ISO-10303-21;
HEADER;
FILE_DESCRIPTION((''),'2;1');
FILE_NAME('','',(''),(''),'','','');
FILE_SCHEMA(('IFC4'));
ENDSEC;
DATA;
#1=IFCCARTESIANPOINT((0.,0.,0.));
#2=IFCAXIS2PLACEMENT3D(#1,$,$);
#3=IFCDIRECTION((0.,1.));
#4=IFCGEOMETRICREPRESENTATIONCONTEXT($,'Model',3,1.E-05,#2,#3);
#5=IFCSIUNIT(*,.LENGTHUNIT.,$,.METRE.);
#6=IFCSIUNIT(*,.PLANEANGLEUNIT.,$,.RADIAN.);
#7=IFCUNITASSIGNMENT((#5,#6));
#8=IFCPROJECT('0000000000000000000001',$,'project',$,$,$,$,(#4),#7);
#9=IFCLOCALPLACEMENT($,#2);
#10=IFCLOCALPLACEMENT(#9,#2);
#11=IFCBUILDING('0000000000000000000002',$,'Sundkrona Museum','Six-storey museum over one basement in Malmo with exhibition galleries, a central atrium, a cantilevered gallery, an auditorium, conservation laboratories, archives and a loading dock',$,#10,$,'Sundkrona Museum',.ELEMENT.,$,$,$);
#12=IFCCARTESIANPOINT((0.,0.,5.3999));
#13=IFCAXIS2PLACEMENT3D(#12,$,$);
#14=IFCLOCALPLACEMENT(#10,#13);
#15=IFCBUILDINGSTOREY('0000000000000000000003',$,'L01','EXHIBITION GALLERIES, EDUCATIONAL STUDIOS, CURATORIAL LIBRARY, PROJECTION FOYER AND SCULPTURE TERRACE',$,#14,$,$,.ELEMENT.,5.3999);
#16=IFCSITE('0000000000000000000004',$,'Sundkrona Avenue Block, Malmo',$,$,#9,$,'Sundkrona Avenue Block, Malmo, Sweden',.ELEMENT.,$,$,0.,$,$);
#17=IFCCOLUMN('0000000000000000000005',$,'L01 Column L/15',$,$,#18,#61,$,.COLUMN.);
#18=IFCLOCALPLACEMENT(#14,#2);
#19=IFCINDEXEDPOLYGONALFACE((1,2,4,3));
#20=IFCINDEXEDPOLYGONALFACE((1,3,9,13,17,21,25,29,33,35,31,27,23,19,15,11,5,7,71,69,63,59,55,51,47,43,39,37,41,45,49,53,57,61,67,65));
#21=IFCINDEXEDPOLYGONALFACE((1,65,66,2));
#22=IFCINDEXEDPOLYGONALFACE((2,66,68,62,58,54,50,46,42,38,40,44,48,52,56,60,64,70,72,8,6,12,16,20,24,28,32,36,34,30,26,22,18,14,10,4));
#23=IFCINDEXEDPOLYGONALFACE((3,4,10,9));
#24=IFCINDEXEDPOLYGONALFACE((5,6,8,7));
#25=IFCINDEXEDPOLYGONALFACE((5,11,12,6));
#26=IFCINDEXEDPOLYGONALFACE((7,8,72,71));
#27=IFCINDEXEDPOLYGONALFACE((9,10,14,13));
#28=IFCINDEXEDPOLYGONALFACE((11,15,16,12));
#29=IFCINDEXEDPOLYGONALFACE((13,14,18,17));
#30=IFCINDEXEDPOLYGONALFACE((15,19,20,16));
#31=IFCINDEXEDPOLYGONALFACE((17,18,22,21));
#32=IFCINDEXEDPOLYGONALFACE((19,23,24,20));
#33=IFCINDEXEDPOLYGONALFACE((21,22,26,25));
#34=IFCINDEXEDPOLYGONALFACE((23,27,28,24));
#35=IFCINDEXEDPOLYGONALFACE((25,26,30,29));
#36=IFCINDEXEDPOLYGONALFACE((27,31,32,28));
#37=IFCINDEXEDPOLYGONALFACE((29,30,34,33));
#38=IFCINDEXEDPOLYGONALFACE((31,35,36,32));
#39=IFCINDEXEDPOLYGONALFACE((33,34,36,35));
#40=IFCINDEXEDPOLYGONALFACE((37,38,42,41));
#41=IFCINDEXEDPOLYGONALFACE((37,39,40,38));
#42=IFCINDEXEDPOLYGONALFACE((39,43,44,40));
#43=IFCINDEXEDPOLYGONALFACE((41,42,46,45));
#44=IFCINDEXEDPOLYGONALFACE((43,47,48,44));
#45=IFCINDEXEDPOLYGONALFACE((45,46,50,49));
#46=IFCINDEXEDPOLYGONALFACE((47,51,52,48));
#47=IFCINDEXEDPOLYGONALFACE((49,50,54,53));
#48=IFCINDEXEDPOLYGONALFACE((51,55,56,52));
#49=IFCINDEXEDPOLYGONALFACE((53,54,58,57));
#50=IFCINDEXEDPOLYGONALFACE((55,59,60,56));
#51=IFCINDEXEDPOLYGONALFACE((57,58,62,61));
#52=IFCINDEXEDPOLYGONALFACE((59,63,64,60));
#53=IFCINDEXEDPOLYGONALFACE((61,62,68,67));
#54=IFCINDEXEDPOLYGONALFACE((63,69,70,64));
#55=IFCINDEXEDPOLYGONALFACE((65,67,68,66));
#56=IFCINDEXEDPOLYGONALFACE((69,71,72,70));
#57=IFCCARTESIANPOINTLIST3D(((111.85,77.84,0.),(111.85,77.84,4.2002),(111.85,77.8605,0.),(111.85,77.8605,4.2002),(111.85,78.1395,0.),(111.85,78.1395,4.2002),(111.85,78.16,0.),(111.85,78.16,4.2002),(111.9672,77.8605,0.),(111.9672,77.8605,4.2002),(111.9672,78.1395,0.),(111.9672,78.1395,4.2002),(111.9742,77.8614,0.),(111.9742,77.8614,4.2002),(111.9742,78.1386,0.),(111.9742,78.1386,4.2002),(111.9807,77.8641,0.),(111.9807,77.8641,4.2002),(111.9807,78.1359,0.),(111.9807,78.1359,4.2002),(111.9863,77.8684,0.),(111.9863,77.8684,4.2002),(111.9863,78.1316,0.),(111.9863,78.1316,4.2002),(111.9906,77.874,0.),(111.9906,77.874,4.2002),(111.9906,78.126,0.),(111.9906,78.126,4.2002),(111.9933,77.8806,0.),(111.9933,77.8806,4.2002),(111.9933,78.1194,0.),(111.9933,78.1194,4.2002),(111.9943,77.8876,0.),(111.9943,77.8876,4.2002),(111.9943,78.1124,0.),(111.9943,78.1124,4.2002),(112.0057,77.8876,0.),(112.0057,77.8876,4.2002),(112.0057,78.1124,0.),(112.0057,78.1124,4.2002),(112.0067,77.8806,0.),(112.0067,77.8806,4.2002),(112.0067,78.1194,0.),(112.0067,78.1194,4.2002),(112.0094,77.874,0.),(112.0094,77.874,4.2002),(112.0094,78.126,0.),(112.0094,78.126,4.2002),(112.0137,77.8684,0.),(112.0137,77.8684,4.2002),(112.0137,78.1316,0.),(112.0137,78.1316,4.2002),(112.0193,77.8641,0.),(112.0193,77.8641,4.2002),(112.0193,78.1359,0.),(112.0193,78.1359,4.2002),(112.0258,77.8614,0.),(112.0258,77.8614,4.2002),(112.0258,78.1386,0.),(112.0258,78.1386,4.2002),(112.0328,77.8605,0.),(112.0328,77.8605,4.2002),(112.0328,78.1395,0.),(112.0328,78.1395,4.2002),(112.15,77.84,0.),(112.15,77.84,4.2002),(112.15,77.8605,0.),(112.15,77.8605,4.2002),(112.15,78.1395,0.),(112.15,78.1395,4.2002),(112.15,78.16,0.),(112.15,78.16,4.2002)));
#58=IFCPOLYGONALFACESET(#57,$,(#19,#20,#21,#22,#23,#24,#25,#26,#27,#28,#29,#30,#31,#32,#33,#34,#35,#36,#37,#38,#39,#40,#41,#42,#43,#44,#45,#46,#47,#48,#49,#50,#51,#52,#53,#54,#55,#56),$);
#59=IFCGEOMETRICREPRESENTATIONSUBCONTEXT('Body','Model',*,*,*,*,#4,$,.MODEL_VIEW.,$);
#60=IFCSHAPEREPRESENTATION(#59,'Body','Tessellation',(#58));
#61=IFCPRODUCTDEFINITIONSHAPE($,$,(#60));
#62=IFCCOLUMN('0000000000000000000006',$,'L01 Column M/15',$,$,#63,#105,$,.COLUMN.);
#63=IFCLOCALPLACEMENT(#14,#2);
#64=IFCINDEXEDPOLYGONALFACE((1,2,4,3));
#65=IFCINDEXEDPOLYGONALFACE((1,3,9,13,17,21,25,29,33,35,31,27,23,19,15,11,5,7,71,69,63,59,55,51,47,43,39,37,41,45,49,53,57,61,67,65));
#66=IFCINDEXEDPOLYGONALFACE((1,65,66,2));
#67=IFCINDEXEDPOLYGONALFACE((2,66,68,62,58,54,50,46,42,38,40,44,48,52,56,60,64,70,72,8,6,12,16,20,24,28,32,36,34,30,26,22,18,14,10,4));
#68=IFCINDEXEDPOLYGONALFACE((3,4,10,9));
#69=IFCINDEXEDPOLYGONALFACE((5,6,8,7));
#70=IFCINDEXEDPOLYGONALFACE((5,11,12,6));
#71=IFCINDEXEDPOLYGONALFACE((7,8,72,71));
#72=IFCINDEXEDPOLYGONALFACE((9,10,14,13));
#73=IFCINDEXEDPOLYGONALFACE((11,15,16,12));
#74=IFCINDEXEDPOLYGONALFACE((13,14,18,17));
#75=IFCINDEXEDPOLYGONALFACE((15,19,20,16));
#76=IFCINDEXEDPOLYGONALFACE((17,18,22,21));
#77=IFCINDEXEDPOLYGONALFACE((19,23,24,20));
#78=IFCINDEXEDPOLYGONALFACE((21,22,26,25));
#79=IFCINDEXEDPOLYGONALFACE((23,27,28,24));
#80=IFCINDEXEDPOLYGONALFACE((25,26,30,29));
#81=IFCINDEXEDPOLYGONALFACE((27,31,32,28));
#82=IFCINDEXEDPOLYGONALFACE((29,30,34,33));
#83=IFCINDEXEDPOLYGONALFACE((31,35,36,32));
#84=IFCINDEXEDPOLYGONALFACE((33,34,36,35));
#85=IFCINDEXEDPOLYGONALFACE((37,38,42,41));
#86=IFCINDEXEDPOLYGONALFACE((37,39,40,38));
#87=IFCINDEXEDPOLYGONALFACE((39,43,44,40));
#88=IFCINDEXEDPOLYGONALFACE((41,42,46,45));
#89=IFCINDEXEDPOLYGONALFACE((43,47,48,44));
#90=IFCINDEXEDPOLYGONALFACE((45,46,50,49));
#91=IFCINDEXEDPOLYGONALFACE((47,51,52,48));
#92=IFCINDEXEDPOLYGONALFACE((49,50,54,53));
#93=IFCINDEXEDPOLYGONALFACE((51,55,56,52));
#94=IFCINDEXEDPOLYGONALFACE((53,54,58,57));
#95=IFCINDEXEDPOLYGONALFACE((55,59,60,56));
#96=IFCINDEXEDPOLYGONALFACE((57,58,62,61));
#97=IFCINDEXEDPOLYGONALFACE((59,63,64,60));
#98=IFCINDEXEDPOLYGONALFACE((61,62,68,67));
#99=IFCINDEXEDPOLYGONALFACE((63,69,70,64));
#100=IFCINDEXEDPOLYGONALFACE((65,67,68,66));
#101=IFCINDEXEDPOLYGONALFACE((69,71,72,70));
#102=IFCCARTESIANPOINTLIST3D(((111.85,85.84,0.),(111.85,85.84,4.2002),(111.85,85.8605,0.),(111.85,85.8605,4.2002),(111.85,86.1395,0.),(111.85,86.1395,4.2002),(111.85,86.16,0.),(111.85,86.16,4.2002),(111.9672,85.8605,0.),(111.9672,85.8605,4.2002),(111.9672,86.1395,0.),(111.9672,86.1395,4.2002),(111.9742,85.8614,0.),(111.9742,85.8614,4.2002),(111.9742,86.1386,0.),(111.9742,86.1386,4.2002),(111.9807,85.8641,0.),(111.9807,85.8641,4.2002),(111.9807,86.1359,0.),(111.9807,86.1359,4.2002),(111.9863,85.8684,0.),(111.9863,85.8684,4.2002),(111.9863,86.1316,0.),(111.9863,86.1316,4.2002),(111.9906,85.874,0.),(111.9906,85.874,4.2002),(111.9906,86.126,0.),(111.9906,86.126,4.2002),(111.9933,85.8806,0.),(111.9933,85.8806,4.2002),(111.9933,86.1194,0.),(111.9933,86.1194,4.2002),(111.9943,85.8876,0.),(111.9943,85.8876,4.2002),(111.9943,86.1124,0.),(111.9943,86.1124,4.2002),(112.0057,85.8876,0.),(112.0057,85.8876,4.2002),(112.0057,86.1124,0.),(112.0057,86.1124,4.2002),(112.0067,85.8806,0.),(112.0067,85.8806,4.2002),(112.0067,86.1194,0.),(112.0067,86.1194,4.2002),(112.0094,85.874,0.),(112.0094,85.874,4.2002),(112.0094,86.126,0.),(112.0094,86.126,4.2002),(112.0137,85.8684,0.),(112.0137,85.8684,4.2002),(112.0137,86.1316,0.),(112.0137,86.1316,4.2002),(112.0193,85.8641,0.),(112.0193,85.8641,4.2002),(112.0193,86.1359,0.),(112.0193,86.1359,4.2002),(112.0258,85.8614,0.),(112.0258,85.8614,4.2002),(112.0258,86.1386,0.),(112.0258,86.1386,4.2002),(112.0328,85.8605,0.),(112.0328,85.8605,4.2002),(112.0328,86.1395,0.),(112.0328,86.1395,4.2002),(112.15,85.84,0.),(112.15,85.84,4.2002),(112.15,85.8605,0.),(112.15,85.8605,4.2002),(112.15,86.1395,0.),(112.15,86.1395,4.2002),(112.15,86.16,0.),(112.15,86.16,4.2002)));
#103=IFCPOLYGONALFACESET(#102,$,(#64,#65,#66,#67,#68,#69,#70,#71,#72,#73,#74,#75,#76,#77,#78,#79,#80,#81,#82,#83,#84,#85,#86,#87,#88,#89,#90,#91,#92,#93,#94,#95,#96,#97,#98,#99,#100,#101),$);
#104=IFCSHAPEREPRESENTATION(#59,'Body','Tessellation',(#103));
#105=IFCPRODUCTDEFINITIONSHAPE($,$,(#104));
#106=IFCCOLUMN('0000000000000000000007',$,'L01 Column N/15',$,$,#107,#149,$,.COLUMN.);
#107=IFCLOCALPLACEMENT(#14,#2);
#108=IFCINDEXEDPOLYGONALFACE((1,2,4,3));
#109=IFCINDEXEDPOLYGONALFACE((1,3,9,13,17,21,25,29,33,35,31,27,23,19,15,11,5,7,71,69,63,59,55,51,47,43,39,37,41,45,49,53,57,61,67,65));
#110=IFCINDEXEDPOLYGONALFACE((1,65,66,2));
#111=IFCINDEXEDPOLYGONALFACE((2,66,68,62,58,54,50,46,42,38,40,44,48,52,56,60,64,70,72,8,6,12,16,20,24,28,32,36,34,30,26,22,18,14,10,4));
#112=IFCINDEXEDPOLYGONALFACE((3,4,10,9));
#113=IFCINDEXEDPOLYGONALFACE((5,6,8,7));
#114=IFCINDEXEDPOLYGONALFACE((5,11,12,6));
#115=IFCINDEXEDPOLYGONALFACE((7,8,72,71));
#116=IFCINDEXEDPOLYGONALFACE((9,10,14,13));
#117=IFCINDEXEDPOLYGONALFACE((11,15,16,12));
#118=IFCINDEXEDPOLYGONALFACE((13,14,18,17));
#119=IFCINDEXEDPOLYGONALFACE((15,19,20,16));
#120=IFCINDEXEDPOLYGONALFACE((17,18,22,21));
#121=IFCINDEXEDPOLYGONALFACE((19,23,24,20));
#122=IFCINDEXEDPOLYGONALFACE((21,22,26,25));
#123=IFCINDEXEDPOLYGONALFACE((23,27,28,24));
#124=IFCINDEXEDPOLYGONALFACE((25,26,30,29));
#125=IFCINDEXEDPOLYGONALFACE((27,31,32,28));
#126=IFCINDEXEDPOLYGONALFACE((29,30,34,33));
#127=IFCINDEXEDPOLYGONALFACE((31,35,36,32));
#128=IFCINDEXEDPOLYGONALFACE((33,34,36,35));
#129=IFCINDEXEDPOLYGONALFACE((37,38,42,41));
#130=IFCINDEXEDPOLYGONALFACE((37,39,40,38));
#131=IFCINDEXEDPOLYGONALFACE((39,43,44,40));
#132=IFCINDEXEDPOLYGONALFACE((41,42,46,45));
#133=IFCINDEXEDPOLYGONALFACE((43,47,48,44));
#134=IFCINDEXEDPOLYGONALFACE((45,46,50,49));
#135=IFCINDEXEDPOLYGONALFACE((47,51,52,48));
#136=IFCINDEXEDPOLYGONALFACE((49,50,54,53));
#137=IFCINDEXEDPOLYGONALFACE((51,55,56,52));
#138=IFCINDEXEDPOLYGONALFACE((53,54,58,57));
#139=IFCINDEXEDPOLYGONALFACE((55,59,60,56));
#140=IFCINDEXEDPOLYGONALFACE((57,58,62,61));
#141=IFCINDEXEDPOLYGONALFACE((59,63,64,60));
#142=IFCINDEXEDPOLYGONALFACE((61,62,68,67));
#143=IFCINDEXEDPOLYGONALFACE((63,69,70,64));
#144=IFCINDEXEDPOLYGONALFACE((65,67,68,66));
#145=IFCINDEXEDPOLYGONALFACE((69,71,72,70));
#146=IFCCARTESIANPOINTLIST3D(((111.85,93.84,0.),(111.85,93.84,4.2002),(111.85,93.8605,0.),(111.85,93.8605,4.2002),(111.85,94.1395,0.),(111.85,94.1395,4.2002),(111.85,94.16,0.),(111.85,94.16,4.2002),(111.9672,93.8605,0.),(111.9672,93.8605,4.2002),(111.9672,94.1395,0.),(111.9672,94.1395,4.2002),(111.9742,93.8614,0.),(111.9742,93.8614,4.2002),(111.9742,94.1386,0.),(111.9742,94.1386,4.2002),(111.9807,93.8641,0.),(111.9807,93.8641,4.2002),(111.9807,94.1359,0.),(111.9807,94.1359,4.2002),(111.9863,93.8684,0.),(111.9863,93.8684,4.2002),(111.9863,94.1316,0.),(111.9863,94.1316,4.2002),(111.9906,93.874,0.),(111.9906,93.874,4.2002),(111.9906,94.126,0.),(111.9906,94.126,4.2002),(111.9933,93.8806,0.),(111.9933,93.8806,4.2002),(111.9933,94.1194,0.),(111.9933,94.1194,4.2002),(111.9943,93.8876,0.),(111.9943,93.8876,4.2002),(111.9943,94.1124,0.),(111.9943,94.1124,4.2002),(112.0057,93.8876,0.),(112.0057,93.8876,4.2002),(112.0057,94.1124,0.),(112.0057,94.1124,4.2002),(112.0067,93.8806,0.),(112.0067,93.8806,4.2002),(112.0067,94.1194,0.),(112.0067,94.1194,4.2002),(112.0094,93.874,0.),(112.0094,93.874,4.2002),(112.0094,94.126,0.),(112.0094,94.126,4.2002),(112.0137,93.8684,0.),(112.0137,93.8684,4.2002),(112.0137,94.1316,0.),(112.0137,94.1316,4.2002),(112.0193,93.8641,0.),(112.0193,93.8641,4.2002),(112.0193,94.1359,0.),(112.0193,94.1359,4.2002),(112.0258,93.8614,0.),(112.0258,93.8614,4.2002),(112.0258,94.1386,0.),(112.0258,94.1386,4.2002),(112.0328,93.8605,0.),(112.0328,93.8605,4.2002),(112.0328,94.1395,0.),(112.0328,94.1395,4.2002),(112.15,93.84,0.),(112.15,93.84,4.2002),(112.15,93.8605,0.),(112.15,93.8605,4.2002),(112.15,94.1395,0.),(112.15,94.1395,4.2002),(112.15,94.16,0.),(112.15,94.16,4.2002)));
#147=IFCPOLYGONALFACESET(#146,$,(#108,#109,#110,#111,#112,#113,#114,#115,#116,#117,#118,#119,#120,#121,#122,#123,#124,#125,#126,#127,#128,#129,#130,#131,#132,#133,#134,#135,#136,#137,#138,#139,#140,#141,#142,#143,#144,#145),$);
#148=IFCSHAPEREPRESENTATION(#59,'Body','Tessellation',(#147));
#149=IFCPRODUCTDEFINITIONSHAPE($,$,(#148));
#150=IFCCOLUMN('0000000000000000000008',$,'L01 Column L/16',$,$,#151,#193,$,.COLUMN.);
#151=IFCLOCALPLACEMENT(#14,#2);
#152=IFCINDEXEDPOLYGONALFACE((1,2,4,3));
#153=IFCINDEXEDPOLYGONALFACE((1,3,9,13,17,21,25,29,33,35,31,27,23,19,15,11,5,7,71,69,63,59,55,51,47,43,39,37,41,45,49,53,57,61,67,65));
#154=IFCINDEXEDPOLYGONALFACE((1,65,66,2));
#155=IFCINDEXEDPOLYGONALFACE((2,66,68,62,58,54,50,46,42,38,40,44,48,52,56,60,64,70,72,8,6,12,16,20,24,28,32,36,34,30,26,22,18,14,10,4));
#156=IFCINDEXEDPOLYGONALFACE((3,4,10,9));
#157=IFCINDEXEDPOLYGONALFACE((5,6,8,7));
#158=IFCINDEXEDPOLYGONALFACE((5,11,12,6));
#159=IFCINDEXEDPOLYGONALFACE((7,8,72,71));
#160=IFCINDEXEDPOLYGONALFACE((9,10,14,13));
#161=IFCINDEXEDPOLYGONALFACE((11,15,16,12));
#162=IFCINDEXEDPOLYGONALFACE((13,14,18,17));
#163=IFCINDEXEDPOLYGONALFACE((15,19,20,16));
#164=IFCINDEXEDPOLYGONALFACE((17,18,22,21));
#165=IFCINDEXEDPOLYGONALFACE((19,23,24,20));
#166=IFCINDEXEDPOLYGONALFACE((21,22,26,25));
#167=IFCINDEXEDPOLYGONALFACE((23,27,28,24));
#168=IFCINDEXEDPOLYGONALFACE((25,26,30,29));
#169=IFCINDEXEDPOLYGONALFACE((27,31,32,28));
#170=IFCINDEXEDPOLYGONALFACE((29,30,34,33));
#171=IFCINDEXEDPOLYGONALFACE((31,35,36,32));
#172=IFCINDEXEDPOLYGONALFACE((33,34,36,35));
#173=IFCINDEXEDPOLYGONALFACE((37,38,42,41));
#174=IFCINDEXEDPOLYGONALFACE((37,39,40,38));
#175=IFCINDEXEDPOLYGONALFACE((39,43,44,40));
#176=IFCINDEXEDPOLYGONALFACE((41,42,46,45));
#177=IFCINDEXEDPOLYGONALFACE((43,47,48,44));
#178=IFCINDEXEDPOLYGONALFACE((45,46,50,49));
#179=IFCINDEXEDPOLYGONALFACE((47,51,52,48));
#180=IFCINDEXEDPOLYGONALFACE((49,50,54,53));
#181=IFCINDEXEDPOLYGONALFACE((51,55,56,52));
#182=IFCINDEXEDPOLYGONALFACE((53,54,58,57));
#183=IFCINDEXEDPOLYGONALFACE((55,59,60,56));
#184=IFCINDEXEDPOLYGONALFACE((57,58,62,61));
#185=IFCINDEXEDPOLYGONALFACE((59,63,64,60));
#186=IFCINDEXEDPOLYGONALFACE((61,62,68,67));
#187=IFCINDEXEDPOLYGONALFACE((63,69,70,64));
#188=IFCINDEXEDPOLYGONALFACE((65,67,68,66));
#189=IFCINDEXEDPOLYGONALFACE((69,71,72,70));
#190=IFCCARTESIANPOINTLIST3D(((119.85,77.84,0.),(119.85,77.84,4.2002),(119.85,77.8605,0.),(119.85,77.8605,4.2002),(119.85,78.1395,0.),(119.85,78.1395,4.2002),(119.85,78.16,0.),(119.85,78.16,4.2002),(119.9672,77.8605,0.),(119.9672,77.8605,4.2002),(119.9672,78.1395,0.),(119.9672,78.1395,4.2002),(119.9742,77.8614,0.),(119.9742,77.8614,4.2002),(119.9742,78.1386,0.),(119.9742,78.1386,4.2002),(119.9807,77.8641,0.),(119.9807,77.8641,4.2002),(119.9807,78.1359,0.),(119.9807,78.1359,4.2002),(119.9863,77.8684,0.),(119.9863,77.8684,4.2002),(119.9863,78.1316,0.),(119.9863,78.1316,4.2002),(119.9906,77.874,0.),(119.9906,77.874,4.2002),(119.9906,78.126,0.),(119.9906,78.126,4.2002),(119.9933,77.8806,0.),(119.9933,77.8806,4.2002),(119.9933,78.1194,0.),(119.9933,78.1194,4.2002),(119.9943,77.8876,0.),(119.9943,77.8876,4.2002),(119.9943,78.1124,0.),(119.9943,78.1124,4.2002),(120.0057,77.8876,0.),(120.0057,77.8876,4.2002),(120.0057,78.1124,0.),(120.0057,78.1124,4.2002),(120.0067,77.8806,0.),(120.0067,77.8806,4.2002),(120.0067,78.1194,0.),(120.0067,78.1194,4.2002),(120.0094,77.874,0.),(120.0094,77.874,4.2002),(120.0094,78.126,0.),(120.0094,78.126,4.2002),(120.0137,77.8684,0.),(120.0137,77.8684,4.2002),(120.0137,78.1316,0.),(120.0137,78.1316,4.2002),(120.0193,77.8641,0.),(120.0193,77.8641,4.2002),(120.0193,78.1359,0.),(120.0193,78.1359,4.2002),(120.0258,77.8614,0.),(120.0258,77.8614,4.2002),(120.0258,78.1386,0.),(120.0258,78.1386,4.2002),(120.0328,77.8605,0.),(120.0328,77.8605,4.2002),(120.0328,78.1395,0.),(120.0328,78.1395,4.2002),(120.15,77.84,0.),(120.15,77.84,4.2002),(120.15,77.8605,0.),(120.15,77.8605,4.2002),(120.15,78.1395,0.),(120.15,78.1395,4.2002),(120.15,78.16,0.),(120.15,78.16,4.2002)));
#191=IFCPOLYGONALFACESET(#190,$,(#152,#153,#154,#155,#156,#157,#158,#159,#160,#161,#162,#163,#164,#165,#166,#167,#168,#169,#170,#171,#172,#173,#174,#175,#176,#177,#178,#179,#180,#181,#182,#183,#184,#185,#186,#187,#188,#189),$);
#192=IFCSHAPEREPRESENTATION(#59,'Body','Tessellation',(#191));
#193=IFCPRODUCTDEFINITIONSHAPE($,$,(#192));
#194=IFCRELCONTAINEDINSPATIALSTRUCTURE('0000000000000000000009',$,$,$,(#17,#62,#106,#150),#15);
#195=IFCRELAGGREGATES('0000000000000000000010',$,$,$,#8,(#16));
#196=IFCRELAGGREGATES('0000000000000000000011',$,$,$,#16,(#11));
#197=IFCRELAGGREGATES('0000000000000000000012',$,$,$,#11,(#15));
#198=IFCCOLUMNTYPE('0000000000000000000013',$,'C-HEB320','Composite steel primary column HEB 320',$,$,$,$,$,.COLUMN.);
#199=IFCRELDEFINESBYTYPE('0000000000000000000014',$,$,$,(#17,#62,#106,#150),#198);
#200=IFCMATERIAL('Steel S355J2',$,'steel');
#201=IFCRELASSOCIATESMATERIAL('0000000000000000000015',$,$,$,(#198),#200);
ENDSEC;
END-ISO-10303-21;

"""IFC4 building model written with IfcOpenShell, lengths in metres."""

from ifc_helpers import new_model, si_unit, direction, frame, origin, origin_2d, place, context, subcontext, project, spatial, i_section, extrude, material, material_profile, profile_set, type_object, element, save


model = new_model("IFC4")

# Units and contexts
model_context = context("Model", 3, precision=1e-05, world=origin(), true_north=direction((0.0, 1.0)))
body_context = subcontext(model_context, "Body", "Model", "MODEL_VIEW")
ifc_project = project(units=[si_unit("LENGTHUNIT", "METRE"), si_unit("PLANEANGLEUNIT", "RADIAN")], contexts=[model_context])

# Site, building, storey
site_placement = place(None, origin())
site = spatial("IfcSite", under=ifc_project, at=site_placement, Name="Sundkrona Avenue Block, Malmo", LongName="Sundkrona Avenue Block, Malmo, Sweden", CompositionType="ELEMENT", RefElevation=0.0)
building_placement = place(site_placement, origin())
building = spatial("IfcBuilding", under=site, at=building_placement, Name="Sundkrona Museum", Description="Six-storey museum over one basement in Malmo with exhibition galleries, a central atrium, a cantilevered gallery, an auditorium, conservation laboratories, archives and a loading dock", LongName="Sundkrona Museum", CompositionType="ELEMENT")
storey_placement = place(building_placement, frame((0.0, 0.0, 5.3999)))
storey = spatial("IfcBuildingStorey", under=building, at=storey_placement, Name="L01", Description="EXHIBITION GALLERIES, EDUCATIONAL STUDIOS, CURATORIAL LIBRARY, PROJECTION FOYER AND SCULPTURE TERRACE", CompositionType="ELEMENT", Elevation=5.3999)

# Columns
ifc_material_1 = material(Name="Steel S355J2", Category="steel")
ifc_material_profile_1 = material_profile(ifc_material_1, i_section(OverallWidth=0.3, OverallDepth=0.3201, WebThickness=0.0115, FlangeThickness=0.0205, FilletRadius=0.0271, at=origin_2d()), Name="HEB 320")
ifc_profile_set_1 = profile_set([ifc_material_profile_1], Name="Steel S355J2")
column_type = type_object("IfcColumnType", Name="C-HEB320", Description="Composite steel primary column HEB 320", PredefinedType="COLUMN", material=ifc_profile_set_1)
for number, where, z_axis, x_axis, name in (
    (1, (112.0, 78.0, 0.0), (0.0, 0.0, 1.0), (1.0, 0.0, 0.0), "L01 Column L/15"),
    (2, (112.0, 86.0, 0.0), (0.0, 0.0, 1.0), (1.0, 0.0, 0.0), "L01 Column M/15"),
    (3, (112.0, 94.0, 0.0), (0.0, 0.0, 1.0), (1.0, 0.0, 0.0), "L01 Column N/15"),
    (4, (120.0, 78.0, 0.0), (0.0, 0.0, 1.0), (1.0, 0.0, 0.0), "L01 Column L/16"),
):
    element("IfcColumn", number, at=place(storey_placement, frame(where, z_axis=z_axis, x_axis=x_axis)), inside=storey, type_object=column_type, Name=name, PredefinedType="COLUMN", context=body_context, shape_type="SweptSolid", body=[
        extrude(i_section(OverallWidth=0.3, OverallDepth=0.3201, WebThickness=0.0115, FlangeThickness=0.0205, FilletRadius=0.0271, at=origin_2d()), origin(), (0.0, 0.0, 1.0), 4.2002),
    ])

save(model, "model.ifc")
